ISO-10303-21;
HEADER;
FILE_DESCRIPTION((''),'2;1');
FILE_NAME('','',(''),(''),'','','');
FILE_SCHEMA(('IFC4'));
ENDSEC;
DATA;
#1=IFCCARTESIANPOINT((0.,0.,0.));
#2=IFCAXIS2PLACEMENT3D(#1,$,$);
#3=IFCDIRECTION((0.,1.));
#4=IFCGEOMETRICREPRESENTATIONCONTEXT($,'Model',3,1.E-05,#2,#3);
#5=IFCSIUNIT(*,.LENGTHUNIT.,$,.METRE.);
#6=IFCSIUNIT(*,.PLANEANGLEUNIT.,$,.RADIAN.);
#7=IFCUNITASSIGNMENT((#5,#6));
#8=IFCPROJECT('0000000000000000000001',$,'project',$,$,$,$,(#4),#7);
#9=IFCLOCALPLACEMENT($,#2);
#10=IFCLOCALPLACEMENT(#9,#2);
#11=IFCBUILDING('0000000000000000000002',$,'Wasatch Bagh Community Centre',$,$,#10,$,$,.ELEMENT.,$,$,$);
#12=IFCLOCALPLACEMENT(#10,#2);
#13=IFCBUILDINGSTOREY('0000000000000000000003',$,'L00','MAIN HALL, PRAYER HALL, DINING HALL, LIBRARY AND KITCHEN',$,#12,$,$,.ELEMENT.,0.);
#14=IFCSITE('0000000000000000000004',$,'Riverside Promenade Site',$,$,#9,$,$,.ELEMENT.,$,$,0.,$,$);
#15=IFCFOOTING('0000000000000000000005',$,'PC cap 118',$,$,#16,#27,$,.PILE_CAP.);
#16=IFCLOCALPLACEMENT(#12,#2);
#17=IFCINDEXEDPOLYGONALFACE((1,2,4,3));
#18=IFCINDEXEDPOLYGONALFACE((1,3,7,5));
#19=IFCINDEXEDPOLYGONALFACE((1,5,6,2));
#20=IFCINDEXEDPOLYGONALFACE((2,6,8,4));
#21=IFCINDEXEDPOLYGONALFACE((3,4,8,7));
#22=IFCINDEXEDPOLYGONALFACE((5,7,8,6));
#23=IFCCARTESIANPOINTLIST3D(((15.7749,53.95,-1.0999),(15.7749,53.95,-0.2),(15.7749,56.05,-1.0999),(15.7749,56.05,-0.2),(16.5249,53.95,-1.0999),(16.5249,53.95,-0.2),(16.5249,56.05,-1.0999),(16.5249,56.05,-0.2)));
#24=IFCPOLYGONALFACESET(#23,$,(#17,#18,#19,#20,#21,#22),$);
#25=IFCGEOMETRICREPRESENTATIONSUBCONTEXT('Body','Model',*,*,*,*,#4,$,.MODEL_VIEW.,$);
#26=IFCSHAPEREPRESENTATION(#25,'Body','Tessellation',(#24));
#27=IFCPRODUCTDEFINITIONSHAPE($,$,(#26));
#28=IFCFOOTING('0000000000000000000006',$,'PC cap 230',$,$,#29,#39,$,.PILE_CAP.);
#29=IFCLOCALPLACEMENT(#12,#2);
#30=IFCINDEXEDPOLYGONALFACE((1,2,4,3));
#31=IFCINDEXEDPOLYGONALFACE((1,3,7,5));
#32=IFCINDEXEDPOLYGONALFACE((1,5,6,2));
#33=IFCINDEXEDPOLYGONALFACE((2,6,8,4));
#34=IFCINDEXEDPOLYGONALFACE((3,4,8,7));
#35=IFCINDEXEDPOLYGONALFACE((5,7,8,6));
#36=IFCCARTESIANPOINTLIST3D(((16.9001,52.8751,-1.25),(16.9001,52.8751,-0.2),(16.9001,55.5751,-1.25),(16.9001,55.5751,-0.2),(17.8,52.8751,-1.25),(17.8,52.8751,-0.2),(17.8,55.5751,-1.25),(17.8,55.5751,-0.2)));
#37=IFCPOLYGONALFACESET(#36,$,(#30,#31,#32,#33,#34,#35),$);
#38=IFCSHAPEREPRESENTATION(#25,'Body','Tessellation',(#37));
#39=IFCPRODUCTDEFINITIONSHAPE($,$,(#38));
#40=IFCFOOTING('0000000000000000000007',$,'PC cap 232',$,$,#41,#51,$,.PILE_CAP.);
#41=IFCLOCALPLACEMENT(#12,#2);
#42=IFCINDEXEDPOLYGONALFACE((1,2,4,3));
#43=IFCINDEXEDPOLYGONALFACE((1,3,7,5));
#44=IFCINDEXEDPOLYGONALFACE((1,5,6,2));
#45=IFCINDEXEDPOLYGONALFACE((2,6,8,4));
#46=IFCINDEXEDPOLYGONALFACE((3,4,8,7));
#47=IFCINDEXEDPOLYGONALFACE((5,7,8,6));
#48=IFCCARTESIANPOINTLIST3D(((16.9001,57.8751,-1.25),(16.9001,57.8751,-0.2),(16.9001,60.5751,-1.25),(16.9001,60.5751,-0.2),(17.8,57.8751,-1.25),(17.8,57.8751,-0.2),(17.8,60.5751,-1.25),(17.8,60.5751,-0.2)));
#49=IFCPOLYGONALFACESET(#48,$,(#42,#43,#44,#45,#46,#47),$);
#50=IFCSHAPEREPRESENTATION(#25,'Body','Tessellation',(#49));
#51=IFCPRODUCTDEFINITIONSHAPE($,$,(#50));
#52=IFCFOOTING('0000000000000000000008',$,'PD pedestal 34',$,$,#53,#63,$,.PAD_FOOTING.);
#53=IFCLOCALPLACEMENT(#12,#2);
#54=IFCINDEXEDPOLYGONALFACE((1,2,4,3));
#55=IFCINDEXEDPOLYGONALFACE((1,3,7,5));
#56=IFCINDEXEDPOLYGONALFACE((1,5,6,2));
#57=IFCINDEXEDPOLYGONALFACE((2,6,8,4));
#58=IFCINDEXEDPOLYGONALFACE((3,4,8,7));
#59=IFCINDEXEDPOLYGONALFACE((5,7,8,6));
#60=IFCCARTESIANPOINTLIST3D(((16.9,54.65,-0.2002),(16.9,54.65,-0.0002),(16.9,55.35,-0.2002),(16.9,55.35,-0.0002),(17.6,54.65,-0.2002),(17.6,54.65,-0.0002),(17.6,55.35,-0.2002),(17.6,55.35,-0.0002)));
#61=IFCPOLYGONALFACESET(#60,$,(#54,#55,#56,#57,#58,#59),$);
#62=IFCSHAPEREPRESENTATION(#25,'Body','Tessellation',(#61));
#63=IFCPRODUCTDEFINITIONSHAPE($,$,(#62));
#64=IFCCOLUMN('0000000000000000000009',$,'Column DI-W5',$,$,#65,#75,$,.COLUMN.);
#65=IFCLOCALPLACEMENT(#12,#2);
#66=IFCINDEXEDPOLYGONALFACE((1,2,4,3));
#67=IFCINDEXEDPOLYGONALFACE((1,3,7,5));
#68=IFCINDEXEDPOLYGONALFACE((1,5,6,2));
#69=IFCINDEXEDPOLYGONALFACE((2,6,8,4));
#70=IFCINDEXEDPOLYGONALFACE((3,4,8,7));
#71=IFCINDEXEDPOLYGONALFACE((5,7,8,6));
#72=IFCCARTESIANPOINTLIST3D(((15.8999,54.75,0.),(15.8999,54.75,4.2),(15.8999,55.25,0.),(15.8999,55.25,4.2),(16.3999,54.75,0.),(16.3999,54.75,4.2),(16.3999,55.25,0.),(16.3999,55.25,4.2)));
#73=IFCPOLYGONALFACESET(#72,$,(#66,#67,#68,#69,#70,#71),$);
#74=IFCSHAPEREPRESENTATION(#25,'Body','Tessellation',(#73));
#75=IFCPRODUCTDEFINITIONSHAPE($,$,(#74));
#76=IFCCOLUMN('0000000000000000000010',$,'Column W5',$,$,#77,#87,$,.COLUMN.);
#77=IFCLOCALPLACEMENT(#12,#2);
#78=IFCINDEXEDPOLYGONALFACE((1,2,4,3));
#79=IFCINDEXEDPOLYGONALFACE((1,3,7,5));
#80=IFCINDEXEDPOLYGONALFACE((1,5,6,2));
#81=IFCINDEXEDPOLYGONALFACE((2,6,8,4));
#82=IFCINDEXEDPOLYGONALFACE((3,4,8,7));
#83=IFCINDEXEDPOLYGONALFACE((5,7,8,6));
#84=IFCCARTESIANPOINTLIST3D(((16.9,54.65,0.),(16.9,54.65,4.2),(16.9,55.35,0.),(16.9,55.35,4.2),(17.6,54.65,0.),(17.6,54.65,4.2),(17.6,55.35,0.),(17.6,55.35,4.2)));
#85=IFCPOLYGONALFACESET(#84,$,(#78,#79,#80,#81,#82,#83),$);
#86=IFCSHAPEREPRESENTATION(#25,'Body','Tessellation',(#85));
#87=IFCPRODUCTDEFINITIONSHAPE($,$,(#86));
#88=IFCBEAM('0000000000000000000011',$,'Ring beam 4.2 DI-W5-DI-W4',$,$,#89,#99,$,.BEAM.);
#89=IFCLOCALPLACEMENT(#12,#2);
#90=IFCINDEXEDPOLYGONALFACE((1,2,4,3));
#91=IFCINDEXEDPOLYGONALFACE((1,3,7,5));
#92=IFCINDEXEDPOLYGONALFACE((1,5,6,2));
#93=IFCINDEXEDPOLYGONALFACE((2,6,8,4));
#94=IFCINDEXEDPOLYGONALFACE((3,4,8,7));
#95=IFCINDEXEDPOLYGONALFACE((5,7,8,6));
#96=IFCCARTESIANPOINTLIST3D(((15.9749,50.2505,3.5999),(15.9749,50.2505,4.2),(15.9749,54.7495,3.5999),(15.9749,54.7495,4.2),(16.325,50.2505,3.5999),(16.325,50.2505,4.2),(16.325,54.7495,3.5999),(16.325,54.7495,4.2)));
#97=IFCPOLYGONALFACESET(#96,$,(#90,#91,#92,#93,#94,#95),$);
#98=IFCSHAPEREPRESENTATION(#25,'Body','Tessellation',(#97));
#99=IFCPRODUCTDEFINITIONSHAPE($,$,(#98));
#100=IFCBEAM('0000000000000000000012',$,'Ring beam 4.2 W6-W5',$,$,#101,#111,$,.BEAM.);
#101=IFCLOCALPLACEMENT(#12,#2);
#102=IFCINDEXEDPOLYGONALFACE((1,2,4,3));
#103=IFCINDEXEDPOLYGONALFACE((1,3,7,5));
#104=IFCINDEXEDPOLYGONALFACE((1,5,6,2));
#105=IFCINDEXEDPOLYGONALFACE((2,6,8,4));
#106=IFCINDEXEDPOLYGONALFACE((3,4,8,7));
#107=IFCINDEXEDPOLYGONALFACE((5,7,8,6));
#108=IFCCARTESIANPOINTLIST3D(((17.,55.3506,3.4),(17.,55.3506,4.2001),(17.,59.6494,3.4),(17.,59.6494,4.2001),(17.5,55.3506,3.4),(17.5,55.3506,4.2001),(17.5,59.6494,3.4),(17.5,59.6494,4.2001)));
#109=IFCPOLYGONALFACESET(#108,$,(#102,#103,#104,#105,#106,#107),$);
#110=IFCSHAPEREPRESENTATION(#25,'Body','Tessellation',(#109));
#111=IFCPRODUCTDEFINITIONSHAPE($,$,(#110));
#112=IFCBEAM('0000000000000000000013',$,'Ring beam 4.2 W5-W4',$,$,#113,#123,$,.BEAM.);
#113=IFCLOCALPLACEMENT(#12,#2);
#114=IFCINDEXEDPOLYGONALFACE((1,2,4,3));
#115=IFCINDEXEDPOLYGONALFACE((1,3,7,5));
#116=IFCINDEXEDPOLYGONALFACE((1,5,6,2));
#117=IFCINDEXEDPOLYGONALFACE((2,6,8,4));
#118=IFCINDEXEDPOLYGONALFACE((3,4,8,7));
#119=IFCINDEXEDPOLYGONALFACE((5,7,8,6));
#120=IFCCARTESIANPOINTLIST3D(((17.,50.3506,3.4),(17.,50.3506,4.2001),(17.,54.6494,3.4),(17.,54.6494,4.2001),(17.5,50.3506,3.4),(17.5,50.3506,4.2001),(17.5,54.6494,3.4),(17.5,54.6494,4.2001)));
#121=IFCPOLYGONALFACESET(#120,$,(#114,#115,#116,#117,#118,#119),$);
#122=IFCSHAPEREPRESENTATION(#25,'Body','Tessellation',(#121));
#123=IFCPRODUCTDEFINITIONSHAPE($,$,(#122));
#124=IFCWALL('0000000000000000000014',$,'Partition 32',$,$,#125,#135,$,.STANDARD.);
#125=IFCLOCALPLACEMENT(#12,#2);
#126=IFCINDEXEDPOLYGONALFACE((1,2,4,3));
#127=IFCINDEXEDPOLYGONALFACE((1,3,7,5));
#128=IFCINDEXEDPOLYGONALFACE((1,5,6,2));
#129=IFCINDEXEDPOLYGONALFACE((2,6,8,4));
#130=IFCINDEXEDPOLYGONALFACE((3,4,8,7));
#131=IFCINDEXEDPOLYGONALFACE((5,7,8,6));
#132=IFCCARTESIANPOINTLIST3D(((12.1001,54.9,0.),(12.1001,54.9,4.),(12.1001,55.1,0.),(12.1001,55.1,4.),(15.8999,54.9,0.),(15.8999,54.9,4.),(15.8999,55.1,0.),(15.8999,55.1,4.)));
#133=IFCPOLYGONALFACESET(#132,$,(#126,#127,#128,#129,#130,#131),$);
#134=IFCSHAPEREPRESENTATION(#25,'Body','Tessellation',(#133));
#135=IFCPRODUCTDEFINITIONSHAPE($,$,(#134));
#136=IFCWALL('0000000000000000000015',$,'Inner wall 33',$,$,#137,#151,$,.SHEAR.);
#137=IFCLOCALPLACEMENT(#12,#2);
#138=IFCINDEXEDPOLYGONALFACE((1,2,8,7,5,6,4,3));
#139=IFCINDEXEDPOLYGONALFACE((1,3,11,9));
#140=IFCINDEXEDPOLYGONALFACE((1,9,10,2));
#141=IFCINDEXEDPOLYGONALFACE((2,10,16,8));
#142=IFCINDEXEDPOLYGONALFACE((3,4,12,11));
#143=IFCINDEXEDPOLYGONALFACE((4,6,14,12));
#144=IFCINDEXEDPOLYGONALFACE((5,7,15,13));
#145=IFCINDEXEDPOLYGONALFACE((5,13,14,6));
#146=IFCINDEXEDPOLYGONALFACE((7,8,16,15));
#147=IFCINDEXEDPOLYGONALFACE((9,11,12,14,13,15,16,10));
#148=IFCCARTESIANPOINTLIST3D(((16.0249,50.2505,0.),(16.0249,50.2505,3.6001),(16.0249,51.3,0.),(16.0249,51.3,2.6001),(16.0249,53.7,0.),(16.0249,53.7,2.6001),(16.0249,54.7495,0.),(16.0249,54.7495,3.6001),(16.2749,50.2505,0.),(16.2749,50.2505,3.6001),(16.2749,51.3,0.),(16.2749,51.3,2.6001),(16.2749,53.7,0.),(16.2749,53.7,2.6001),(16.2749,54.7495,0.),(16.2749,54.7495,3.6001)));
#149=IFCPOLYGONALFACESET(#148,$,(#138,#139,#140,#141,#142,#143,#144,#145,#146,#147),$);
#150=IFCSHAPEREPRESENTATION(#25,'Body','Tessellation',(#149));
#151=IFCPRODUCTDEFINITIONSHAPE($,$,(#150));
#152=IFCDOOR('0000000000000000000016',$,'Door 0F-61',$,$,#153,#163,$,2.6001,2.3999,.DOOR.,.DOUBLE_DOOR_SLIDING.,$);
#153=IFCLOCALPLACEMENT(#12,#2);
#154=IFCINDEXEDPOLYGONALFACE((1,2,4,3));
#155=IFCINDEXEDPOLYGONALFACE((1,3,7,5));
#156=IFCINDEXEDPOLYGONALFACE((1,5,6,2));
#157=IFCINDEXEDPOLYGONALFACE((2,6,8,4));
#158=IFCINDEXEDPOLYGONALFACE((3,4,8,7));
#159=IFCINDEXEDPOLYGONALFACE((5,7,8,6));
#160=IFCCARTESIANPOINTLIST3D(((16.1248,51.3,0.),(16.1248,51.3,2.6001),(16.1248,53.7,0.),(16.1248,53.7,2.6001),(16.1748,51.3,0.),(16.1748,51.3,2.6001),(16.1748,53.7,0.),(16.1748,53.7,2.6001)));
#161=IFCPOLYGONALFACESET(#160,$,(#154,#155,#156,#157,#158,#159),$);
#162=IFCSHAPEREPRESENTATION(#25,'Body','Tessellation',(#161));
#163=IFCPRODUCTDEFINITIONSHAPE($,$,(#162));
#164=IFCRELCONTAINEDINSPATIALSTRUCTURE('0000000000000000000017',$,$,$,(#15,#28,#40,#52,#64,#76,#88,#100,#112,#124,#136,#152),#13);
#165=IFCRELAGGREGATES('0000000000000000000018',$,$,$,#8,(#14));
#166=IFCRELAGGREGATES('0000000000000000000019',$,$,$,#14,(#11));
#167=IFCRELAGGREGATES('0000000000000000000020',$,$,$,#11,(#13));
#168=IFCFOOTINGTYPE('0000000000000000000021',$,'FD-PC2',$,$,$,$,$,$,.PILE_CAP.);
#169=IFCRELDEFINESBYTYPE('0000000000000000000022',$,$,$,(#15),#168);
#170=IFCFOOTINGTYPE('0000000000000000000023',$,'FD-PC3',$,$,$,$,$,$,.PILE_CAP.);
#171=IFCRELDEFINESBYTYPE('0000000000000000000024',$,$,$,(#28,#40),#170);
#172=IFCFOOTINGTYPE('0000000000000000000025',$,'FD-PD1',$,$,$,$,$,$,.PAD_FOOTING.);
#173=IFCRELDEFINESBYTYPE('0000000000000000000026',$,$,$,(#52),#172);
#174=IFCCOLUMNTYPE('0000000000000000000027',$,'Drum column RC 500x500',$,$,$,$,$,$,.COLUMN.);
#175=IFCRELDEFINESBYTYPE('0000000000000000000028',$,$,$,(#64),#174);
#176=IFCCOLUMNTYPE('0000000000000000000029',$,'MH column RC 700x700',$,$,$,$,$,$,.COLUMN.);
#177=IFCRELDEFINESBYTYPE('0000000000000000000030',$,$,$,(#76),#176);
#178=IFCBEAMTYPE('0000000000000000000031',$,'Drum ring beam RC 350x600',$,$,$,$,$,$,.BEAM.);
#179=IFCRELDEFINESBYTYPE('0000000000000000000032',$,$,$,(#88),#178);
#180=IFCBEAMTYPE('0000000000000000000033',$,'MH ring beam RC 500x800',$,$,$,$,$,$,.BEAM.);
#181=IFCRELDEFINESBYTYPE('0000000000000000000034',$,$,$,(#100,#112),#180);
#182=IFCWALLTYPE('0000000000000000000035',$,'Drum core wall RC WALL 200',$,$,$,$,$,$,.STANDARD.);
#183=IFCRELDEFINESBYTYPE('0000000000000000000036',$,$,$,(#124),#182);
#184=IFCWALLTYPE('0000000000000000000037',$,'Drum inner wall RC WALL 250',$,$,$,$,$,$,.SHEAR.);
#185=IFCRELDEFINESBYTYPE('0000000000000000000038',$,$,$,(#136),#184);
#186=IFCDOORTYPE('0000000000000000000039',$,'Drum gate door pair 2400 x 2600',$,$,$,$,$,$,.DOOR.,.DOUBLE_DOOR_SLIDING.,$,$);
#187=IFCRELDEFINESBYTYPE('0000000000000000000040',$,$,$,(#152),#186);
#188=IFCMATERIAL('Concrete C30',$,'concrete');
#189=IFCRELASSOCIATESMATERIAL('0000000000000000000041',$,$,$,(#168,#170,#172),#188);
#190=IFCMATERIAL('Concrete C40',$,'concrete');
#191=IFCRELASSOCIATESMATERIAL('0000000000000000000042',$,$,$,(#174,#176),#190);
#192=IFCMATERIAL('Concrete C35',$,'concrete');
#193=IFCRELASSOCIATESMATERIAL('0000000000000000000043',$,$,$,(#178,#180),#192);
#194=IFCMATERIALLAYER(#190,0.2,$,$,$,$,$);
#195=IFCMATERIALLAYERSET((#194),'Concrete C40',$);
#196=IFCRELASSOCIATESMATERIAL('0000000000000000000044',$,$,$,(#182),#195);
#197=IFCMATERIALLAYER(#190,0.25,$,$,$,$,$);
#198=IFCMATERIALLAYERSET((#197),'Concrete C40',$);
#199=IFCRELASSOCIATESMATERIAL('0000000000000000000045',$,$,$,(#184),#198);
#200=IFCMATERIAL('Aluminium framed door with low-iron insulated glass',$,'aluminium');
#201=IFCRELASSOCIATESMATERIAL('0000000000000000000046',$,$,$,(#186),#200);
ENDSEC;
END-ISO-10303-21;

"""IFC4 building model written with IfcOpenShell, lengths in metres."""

from ifc_helpers import new_model, si_unit, direction, frame, frame_2d, origin, origin_2d, place, context, subcontext, project, spatial, rectangle, extrude, material, layer, layer_set, material_profile, profile_set, type_object, element, fill, save


model = new_model("IFC4")

# Units and contexts
model_context = context("Model", 3, precision=1e-05, world=origin(), true_north=direction((0.0, 1.0)))
body_context = subcontext(model_context, "Body", "Model", "MODEL_VIEW")
ifc_project = project(units=[si_unit("LENGTHUNIT", "METRE"), si_unit("PLANEANGLEUNIT", "RADIAN")], contexts=[model_context])

# Site, building, storey
site_placement = place(None, origin())
site = spatial("IfcSite", under=ifc_project, at=site_placement, Name="Riverside Promenade Site", CompositionType="ELEMENT", RefElevation=0.0)
building_placement = place(site_placement, origin())
building = spatial("IfcBuilding", under=site, at=building_placement, Name="Wasatch Bagh Community Centre", CompositionType="ELEMENT")
storey_placement = place(building_placement, origin())
storey = spatial("IfcBuildingStorey", under=building, at=storey_placement, Name="L00", Description="MAIN HALL, PRAYER HALL, DINING HALL, LIBRARY AND KITCHEN", CompositionType="ELEMENT", Elevation=0.0)

# Shared definitions
ifc_material_1 = material(Name="Concrete C35", Category="concrete")

# Shared definitions
ifc_material_2 = material(Name="Concrete C30", Category="concrete")

# Footings
footing_type_1 = type_object("IfcFootingType", Name="FD-PC2", PredefinedType="PILE_CAP", material=ifc_material_2)
footing_1_placement = place(storey_placement, frame((16.1499, 55.0, -1.0999), z_axis=(0.0, 0.0, 1.0), x_axis=(0.0, 1.0, 0.0)))
element("IfcFooting", 1, at=footing_1_placement, inside=storey, type_object=footing_type_1, Name="PC cap 118", PredefinedType="PILE_CAP", context=body_context, shape_type="SweptSolid", body=[
    extrude(rectangle(XDim=2.1001, YDim=0.75, at=origin_2d()), origin(), (0.0, 0.0, 1.0), 0.8999),
])
footing_type_2 = type_object("IfcFootingType", Name="FD-PC3", PredefinedType="PILE_CAP", material=ifc_material_2)
for number, where, z_axis, x_axis, name in (
    (2, (17.3501, 54.2251, -1.25), (0.0, 0.0, 1.0), (0.0, 1.0, 0.0), "PC cap 230"),
    (3, (17.3501, 59.2251, -1.25), (0.0, 0.0, 1.0), (0.0, 1.0, 0.0), "PC cap 232"),
):
    element("IfcFooting", number, at=place(storey_placement, frame(where, z_axis=z_axis, x_axis=x_axis)), inside=storey, type_object=footing_type_2, Name=name, PredefinedType="PILE_CAP", context=body_context, shape_type="SweptSolid", body=[
        extrude(rectangle(XDim=2.7, YDim=0.8999, at=origin_2d()), origin(), (0.0, 0.0, 1.0), 1.05),
    ])
footing_type_3 = type_object("IfcFootingType", Name="FD-PD1", PredefinedType="PAD_FOOTING", material=ifc_material_2)
footing_2_placement = place(storey_placement, frame((17.25, 55.0, -0.2002), z_axis=(0.0, 0.0, 1.0), x_axis=(1.0, 0.0, 0.0)))
element("IfcFooting", 4, at=footing_2_placement, inside=storey, type_object=footing_type_3, Name="PD pedestal 34", PredefinedType="PAD_FOOTING", context=body_context, shape_type="SweptSolid", body=[
    extrude(rectangle(XDim=0.7, YDim=0.7, at=origin_2d()), origin(), (0.0, 0.0, 1.0), 0.2),
])

# Columns
ifc_material_3 = material(Name="Concrete C40", Category="concrete")
ifc_material_profile_1 = material_profile(ifc_material_3, rectangle(XDim=0.5, YDim=0.5, at=origin_2d()), Name="RC 500x500")
ifc_profile_set_1 = profile_set([ifc_material_profile_1], Name="Concrete C40")
column_type_1 = type_object("IfcColumnType", Name="Drum column RC 500x500", PredefinedType="COLUMN", material=ifc_profile_set_1)
column_1_placement = place(storey_placement, frame((16.1499, 55.0, 0.0), z_axis=(0.0, 0.0, 1.0), x_axis=(1.0, 0.0, 0.0)))
element("IfcColumn", 5, at=column_1_placement, inside=storey, type_object=column_type_1, Name="Column DI-W5", PredefinedType="COLUMN", context=body_context, shape_type="SweptSolid", body=[
    extrude(rectangle(XDim=0.5, YDim=0.5, at=origin_2d()), origin(), (0.0, 0.0, 1.0), 4.2),
])
ifc_material_profile_2 = material_profile(ifc_material_3, rectangle(XDim=0.7, YDim=0.7, at=origin_2d()), Name="RC 700x700")
ifc_profile_set_2 = profile_set([ifc_material_profile_2], Name="Concrete C40")
column_type_2 = type_object("IfcColumnType", Name="MH column RC 700x700", PredefinedType="COLUMN", material=ifc_profile_set_2)
column_2_placement = place(storey_placement, frame((17.25, 55.0, 0.0), z_axis=(0.0, 0.0, 1.0), x_axis=(1.0, 0.0, 0.0)))
element("IfcColumn", 6, at=column_2_placement, inside=storey, type_object=column_type_2, Name="Column W5", PredefinedType="COLUMN", context=body_context, shape_type="SweptSolid", body=[
    extrude(rectangle(XDim=0.7, YDim=0.7, at=origin_2d()), origin(), (0.0, 0.0, 1.0), 4.2),
])

# Beams
ifc_material_profile_3 = material_profile(ifc_material_1, rectangle(XDim=0.3501, YDim=0.6001, at=origin_2d()), Name="RC 350x600")
ifc_profile_set_3 = profile_set([ifc_material_profile_3], Name="Concrete C35")
beam_type_1 = type_object("IfcBeamType", Name="Drum ring beam RC 350x600", PredefinedType="BEAM", material=ifc_profile_set_3)
beam_placement = place(storey_placement, frame((16.1499, 54.7495, 3.8999), z_axis=(0.0, -1.0, 0.0), x_axis=(1.0, 0.0, 0.0)))
element("IfcBeam", 7, at=beam_placement, inside=storey, type_object=beam_type_1, Name="Ring beam 4.2 DI-W5-DI-W4", PredefinedType="BEAM", context=body_context, shape_type="SweptSolid", body=[
    extrude(rectangle(XDim=0.3501, YDim=0.6001, at=origin_2d()), origin(), (0.0, 0.0, 1.0), 4.499),
])
ifc_material_profile_4 = material_profile(ifc_material_1, rectangle(XDim=0.5, YDim=0.8, at=origin_2d()), Name="RC 500x800")
ifc_profile_set_4 = profile_set([ifc_material_profile_4], Name="Concrete C35")
beam_type_2 = type_object("IfcBeamType", Name="MH ring beam RC 500x800", PredefinedType="BEAM", material=ifc_profile_set_4)
for number, where, z_axis, x_axis, name in (
    (8, (17.25, 59.6494, 3.8), (0.0, -1.0, 0.0), (1.0, 0.0, 0.0), "Ring beam 4.2 W6-W5"),
    (9, (17.25, 54.6494, 3.8), (0.0, -1.0, 0.0), (1.0, 0.0, 0.0), "Ring beam 4.2 W5-W4"),
):
    element("IfcBeam", number, at=place(storey_placement, frame(where, z_axis=z_axis, x_axis=x_axis)), inside=storey, type_object=beam_type_2, Name=name, PredefinedType="BEAM", context=body_context, shape_type="SweptSolid", body=[
        extrude(rectangle(XDim=0.5, YDim=0.8, at=origin_2d()), origin(), (0.0, 0.0, 1.0), 4.2988),
    ])

# Wall
ifc_layer_1 = layer(ifc_material_3, 0.2)
ifc_layer_set_1 = layer_set([ifc_layer_1], Name="Concrete C40")
wall_type_1 = type_object("IfcWallType", Name="Drum core wall RC WALL 200", PredefinedType="STANDARD", material=ifc_layer_set_1)
wall_1_placement = place(storey_placement, frame((15.8999, 55.0, 0.0), z_axis=(0.0, 0.0, 1.0), x_axis=(-1.0, 0.0, 0.0)))
element("IfcWall", 10, at=wall_1_placement, inside=storey, type_object=wall_type_1, Name="Partition 32", PredefinedType="STANDARD", context=body_context, shape_type="SweptSolid", body=[
    extrude(rectangle(XDim=3.7998, YDim=0.2, at=frame_2d((1.8999, 0.0))), origin(), (0.0, 0.0, 1.0), 4.0),
])

# Wall, opening, door
ifc_layer_2 = layer(ifc_material_3, 0.25)
ifc_layer_set_2 = layer_set([ifc_layer_2], Name="Concrete C40")
wall_type_2 = type_object("IfcWallType", Name="Drum inner wall RC WALL 250", PredefinedType="SHEAR", material=ifc_layer_set_2)
wall_2_placement = place(storey_placement, frame((16.1499, 54.7495, 0.0), z_axis=(0.0, 0.0, 1.0), x_axis=(0.0, -1.0, 0.0)))
wall_2 = element("IfcWall", 11, at=wall_2_placement, inside=storey, type_object=wall_type_2, Name="Inner wall 33", PredefinedType="SHEAR", context=body_context, shape_type="SweptSolid", body=[
    extrude(rectangle(XDim=4.499, YDim=0.25, at=frame_2d((2.2495, 0.0))), origin(), (0.0, 0.0, 1.0), 3.6001),
])
opening_1_placement = place(wall_2_placement, frame((1.0496, 0.0, 0.0)))
opening_1 = element("IfcOpeningElement", 12, at=opening_1_placement, cuts=wall_2, PredefinedType="OPENING", context=body_context, shape_type="SweptSolid", body=[
    extrude(rectangle(XDim=2.3999, YDim=2.6001, at=frame_2d((1.2, 1.3))), frame((0.0, 0.135, 0.0), z_axis=(0.0, -1.0, 0.0), x_axis=(1.0, 0.0, 0.0)), (0.0, 0.0, 1.0), 0.27),
])
ifc_material_4 = material(Name="Aluminium framed door with low-iron insulated glass", Category="aluminium")
door_type_1 = type_object("IfcDoorType", Name="Drum gate door pair 2400 x 2600", OperationType="DOUBLE_DOOR_SLIDING", PredefinedType="DOOR", material=ifc_material_4)
door_1_placement = place(opening_1_placement, origin())
door_1 = element("IfcDoor", 13, at=door_1_placement, inside=storey, type_object=door_type_1, Name="Door 0F-61", OperationType="DOUBLE_DOOR_SLIDING", OverallHeight=2.6001, OverallWidth=2.3999, PredefinedType="DOOR", context=body_context, shape_type="SweptSolid", body=[
    extrude(rectangle(XDim=2.3999, YDim=2.6001, at=frame_2d((1.2, 1.3))), frame((0.0, 0.0249, 0.0), z_axis=(0.0, -1.0, 0.0), x_axis=(1.0, 0.0, 0.0)), (0.0, 0.0, 1.0), 0.05),
])
fill(opening_1, door_1)

save(model, "model.ifc")
